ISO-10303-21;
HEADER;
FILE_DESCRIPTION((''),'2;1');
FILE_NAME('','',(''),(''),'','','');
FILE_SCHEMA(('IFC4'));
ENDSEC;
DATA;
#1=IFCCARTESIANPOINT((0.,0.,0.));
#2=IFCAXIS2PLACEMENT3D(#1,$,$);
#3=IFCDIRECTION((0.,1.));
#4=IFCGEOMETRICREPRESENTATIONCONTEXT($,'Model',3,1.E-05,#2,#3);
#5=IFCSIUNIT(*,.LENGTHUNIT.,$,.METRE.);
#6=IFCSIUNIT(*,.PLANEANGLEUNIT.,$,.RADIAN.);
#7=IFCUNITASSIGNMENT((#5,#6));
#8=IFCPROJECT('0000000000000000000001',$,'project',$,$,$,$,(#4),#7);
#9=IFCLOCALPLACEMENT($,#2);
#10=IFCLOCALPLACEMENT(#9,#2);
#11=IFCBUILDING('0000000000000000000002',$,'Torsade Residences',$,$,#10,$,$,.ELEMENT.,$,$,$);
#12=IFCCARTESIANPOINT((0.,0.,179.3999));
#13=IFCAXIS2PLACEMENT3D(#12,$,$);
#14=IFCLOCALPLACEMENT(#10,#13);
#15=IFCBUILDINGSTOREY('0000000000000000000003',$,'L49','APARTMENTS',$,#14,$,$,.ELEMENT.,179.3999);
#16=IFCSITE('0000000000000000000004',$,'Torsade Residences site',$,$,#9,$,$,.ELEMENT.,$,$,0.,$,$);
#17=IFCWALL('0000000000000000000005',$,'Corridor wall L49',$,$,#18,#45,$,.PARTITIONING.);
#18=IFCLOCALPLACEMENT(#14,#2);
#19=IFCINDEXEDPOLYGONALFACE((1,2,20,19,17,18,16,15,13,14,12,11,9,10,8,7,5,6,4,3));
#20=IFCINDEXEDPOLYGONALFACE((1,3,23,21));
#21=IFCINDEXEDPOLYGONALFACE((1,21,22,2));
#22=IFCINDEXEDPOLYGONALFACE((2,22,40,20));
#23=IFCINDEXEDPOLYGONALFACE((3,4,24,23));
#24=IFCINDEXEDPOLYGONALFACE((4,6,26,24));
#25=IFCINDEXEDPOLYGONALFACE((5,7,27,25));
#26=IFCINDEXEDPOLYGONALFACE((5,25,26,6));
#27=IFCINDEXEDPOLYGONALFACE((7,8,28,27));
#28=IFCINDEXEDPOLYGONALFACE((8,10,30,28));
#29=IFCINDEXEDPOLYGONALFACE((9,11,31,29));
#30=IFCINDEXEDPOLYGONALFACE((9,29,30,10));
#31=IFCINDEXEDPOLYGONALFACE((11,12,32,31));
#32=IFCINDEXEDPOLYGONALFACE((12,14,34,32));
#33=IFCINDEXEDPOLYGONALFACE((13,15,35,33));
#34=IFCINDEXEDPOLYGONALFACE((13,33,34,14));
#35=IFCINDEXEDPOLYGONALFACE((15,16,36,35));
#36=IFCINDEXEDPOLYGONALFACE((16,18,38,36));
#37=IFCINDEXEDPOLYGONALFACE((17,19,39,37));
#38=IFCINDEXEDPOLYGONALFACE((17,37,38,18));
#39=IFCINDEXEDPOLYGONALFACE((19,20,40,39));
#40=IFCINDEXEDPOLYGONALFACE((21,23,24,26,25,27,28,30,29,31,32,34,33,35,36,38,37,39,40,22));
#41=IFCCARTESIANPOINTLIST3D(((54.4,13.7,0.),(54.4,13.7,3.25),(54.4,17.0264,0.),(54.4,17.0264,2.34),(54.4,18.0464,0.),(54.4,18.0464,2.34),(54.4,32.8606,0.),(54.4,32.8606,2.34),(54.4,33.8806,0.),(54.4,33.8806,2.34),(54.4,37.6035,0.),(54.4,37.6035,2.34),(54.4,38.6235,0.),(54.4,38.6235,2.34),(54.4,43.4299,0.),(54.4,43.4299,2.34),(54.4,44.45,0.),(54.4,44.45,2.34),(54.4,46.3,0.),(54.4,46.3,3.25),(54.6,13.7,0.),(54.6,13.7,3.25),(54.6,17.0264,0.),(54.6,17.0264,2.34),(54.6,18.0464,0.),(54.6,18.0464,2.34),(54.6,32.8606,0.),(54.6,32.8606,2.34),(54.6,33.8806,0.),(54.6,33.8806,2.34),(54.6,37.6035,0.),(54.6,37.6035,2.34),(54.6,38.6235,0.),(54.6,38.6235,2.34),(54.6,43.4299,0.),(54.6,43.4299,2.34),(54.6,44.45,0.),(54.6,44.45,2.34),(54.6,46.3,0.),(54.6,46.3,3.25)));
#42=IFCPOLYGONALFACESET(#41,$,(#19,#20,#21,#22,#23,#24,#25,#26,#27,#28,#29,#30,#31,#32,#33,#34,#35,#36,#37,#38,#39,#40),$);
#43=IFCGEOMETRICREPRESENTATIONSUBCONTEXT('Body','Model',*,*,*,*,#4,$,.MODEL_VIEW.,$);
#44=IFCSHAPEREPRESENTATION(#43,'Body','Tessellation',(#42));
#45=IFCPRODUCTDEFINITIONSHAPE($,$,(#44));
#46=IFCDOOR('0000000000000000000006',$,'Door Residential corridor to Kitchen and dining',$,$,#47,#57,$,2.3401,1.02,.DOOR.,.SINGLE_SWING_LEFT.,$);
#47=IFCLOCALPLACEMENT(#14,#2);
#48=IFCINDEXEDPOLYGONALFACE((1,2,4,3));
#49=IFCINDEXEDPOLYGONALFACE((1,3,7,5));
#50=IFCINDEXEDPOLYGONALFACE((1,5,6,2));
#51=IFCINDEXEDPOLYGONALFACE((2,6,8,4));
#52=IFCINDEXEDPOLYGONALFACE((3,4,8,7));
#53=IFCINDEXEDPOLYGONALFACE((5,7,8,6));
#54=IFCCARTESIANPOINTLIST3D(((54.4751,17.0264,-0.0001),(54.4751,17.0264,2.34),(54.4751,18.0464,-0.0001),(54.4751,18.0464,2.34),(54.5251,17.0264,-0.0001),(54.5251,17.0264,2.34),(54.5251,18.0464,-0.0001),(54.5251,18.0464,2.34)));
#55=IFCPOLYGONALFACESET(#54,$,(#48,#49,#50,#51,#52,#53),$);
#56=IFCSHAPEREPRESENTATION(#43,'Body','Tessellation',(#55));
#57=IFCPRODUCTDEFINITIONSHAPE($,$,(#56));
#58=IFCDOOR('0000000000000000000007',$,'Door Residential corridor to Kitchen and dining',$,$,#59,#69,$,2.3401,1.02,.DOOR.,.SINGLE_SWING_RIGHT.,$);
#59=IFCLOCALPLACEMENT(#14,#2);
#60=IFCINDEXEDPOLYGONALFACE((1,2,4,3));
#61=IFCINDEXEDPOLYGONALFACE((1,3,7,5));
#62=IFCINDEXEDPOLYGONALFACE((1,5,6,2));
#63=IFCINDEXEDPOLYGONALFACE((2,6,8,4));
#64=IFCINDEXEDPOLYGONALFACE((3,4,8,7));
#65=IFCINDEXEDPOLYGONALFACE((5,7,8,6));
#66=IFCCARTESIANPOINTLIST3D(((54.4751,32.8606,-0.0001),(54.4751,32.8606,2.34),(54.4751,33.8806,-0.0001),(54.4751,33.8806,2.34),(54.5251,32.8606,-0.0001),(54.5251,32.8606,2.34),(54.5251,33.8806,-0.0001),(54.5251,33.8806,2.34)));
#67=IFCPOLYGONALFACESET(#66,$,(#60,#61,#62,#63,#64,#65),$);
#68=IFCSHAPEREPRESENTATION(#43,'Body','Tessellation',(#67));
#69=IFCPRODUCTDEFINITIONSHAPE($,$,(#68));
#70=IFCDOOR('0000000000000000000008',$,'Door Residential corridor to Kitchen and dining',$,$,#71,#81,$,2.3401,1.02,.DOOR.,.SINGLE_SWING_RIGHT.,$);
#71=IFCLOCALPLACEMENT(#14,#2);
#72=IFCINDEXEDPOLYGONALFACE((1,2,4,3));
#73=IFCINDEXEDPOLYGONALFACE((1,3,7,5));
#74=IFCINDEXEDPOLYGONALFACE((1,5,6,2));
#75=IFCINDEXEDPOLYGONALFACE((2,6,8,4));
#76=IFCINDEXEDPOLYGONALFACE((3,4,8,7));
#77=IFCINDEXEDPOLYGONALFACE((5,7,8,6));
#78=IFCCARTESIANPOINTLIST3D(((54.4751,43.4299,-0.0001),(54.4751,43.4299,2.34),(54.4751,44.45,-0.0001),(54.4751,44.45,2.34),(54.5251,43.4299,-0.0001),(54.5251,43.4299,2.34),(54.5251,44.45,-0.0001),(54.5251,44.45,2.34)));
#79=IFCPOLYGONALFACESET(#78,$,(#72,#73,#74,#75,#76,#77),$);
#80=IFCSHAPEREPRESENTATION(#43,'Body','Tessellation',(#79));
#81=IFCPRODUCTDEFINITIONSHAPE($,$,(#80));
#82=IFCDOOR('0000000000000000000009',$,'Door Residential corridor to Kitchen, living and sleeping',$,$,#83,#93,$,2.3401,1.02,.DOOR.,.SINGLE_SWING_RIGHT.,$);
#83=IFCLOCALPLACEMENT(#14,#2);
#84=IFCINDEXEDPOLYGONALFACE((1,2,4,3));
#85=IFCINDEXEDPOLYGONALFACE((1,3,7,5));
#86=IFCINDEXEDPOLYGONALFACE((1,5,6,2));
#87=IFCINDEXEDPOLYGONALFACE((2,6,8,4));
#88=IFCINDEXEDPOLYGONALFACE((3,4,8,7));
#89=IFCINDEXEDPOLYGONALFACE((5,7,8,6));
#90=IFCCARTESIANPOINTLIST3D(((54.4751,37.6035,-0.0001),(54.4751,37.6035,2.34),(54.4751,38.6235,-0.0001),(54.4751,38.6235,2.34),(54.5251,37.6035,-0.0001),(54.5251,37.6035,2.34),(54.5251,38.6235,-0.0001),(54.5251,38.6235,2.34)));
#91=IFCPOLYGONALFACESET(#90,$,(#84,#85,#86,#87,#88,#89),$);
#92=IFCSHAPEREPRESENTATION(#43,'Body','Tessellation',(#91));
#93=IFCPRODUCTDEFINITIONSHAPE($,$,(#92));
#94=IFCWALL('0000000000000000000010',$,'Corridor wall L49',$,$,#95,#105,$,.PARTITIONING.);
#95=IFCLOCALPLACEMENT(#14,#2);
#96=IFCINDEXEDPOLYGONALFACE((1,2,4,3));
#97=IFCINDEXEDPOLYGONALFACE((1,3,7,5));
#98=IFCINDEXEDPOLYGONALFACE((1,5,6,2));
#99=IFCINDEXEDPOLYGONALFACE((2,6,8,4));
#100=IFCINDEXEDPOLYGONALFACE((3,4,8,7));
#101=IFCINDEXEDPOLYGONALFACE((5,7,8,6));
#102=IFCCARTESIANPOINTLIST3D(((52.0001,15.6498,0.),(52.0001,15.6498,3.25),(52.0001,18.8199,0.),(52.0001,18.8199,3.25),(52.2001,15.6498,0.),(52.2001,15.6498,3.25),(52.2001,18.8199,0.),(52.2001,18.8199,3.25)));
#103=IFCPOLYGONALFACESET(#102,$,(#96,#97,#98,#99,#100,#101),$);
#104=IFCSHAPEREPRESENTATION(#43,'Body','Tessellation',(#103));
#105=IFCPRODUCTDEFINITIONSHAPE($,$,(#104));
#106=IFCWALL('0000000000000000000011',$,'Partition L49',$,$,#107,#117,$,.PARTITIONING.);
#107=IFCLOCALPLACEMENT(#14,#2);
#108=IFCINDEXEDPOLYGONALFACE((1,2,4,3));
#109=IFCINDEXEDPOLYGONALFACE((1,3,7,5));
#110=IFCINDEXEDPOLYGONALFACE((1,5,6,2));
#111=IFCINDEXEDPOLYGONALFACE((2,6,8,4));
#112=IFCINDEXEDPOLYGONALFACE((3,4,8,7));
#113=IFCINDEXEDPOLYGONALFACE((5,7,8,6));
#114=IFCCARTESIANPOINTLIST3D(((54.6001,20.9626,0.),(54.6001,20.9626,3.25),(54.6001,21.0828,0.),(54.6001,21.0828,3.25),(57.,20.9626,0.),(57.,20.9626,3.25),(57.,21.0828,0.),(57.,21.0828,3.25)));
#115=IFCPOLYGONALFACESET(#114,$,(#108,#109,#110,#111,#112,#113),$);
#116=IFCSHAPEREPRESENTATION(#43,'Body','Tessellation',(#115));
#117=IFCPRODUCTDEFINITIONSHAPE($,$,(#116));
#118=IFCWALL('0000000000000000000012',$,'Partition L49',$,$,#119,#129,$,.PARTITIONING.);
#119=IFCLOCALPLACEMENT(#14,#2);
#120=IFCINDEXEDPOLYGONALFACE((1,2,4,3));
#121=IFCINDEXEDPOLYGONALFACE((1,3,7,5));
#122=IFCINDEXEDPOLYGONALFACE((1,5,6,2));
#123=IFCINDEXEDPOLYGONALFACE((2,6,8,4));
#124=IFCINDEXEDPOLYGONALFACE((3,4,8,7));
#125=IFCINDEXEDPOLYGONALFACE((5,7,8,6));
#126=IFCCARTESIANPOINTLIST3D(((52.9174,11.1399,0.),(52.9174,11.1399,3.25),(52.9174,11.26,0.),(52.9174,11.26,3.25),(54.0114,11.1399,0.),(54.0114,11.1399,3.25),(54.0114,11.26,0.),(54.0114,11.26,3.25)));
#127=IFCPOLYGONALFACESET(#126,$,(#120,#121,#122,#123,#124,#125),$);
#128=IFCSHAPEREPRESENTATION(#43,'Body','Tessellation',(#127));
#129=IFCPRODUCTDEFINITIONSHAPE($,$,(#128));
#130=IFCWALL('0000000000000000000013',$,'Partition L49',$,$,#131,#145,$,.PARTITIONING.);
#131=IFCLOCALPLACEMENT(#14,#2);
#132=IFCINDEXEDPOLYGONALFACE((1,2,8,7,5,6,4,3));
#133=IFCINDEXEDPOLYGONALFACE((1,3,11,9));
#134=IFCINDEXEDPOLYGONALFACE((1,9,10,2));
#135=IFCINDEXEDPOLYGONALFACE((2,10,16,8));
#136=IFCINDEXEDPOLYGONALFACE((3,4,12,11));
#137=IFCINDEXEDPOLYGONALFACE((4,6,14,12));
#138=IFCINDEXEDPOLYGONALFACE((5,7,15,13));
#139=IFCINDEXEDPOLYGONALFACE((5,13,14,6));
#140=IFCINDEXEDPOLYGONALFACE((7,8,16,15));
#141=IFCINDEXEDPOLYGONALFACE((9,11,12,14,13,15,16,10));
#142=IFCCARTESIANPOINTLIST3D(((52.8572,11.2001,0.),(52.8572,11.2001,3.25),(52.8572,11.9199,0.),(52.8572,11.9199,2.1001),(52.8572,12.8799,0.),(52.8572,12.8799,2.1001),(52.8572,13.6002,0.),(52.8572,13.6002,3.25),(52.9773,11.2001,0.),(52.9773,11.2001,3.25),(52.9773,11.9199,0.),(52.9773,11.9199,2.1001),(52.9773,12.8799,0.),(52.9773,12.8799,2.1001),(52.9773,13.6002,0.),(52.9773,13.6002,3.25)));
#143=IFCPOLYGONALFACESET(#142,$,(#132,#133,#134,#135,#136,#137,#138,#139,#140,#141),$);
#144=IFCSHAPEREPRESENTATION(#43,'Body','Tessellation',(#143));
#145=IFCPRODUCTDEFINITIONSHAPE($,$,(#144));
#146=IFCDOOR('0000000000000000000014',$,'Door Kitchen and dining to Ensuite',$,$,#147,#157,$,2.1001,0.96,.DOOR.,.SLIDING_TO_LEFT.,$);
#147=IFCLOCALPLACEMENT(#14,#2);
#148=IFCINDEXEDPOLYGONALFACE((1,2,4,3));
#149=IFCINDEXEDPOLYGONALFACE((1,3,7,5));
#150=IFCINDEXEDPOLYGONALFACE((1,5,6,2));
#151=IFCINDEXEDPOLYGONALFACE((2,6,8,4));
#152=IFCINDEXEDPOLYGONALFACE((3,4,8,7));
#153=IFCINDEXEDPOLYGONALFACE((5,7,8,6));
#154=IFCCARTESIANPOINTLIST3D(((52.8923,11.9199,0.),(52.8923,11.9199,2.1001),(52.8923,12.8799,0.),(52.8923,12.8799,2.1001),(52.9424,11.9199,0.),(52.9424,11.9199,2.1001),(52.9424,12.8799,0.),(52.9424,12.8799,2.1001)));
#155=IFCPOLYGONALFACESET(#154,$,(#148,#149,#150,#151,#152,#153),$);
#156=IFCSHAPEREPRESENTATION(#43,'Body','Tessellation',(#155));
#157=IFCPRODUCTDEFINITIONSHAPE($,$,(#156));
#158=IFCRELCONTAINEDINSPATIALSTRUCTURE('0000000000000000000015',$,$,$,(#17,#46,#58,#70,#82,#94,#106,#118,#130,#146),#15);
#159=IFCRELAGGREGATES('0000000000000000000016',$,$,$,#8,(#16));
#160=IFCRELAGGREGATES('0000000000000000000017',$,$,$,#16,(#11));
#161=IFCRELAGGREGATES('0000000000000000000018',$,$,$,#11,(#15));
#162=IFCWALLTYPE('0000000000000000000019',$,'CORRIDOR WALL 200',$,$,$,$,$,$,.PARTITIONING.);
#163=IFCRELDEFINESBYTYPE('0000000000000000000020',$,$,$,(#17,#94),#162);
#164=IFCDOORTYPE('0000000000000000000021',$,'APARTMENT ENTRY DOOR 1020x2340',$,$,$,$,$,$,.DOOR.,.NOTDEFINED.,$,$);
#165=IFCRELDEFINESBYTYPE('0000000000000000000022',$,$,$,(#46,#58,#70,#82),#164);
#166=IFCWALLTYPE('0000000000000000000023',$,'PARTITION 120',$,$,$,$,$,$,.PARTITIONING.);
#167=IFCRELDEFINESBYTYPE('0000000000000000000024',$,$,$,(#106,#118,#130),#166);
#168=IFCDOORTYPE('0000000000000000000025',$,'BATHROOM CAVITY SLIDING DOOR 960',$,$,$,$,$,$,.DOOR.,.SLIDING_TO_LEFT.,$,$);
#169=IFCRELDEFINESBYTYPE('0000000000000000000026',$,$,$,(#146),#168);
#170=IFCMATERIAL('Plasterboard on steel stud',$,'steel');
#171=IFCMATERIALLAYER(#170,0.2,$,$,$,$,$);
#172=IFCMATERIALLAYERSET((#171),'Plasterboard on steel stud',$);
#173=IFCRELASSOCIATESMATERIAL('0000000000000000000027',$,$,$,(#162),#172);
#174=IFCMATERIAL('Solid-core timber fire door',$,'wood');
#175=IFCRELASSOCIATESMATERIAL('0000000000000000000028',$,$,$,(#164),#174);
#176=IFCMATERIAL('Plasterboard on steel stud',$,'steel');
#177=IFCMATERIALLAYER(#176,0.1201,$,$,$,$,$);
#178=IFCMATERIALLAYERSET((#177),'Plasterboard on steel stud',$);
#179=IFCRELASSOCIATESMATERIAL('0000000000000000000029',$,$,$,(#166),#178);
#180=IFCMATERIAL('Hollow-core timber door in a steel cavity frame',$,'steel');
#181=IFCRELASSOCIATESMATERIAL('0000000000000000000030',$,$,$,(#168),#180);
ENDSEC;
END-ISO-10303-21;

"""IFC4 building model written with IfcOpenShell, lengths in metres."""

from ifc_helpers import new_model, si_unit, direction, frame, frame_2d, origin, place, context, subcontext, project, spatial, rectangle, extrude, material, layer, layer_set, type_object, element, fill, save


model = new_model("IFC4")

# Units and contexts
model_context = context("Model", 3, precision=1e-05, world=origin(), true_north=direction((0.0, 1.0)))
body_context = subcontext(model_context, "Body", "Model", "MODEL_VIEW")
ifc_project = project(units=[si_unit("LENGTHUNIT", "METRE"), si_unit("PLANEANGLEUNIT", "RADIAN")], contexts=[model_context])

# Site, building, storey
site_placement = place(None, origin())
site = spatial("IfcSite", under=ifc_project, at=site_placement, Name="Torsade Residences site", CompositionType="ELEMENT", RefElevation=0.0)
building_placement = place(site_placement, origin())
building = spatial("IfcBuilding", under=site, at=building_placement, Name="Torsade Residences", CompositionType="ELEMENT")
storey_placement = place(building_placement, frame((0.0, 0.0, 179.3999)))
storey = spatial("IfcBuildingStorey", under=building, at=storey_placement, Name="L49", Description="APARTMENTS", CompositionType="ELEMENT", Elevation=179.3999)

# Wall, openings, doors
ifc_material_1 = material(Name="Plasterboard on steel stud", Category="steel")
ifc_layer_1 = layer(ifc_material_1, 0.2)
ifc_layer_set_1 = layer_set([ifc_layer_1], Name="Plasterboard on steel stud")
wall_type_1 = type_object("IfcWallType", Name="CORRIDOR WALL 200", PredefinedType="PARTITIONING", material=ifc_layer_set_1)
wall_1_placement = place(storey_placement, frame((54.5, 13.7, 0.0), z_axis=(0.0, 0.0, 1.0), x_axis=(0.0, 1.0, 0.0)))
wall_1 = element("IfcWall", 1, at=wall_1_placement, inside=storey, type_object=wall_type_1, Name="Corridor wall L49", PredefinedType="PARTITIONING", context=body_context, shape_type="SweptSolid", body=[
    extrude(rectangle(XDim=32.6001, YDim=0.2, at=frame_2d((16.3, 0.0))), origin(), (0.0, 0.0, 1.0), 3.25),
])
opening_1_placement = place(wall_1_placement, frame((3.3264, 0.0, 0.0)))
opening_1 = element("IfcOpeningElement", 2, at=opening_1_placement, cuts=wall_1, PredefinedType="OPENING", context=body_context, shape_type="SweptSolid", body=[
    extrude(rectangle(XDim=1.02, YDim=2.3401, at=frame_2d((0.51, 1.1699))), frame((0.0, 0.1099, 0.0), z_axis=(0.0, -1.0, 0.0), x_axis=(1.0, 0.0, 0.0)), (0.0, 0.0, 1.0), 0.22),
])
opening_2_placement = place(wall_1_placement, frame((19.1606, 0.0, 0.0)))
opening_2 = element("IfcOpeningElement", 3, at=opening_2_placement, cuts=wall_1, PredefinedType="OPENING", context=body_context, shape_type="SweptSolid", body=[
    extrude(rectangle(XDim=1.02, YDim=2.3401, at=frame_2d((0.51, 1.1699))), frame((0.0, 0.1099, 0.0), z_axis=(0.0, -1.0, 0.0), x_axis=(1.0, 0.0, 0.0)), (0.0, 0.0, 1.0), 0.22),
])
opening_3_placement = place(wall_1_placement, frame((29.73, 0.0, 0.0)))
opening_3 = element("IfcOpeningElement", 4, at=opening_3_placement, cuts=wall_1, PredefinedType="OPENING", context=body_context, shape_type="SweptSolid", body=[
    extrude(rectangle(XDim=1.02, YDim=2.3401, at=frame_2d((0.51, 1.1699))), frame((0.0, 0.1099, 0.0), z_axis=(0.0, -1.0, 0.0), x_axis=(1.0, 0.0, 0.0)), (0.0, 0.0, 1.0), 0.22),
])
opening_4_placement = place(wall_1_placement, frame((23.9036, 0.0, 0.0)))
opening_4 = element("IfcOpeningElement", 5, at=opening_4_placement, cuts=wall_1, PredefinedType="OPENING", context=body_context, shape_type="SweptSolid", body=[
    extrude(rectangle(XDim=1.02, YDim=2.3401, at=frame_2d((0.51, 1.1699))), frame((0.0, 0.1099, 0.0), z_axis=(0.0, -1.0, 0.0), x_axis=(1.0, 0.0, 0.0)), (0.0, 0.0, 1.0), 0.22),
])
ifc_material_2 = material(Name="Solid-core timber fire door", Category="wood")
door_type_1 = type_object("IfcDoorType", Name="APARTMENT ENTRY DOOR 1020x2340", OperationType="NOTDEFINED", PredefinedType="DOOR", material=ifc_material_2)
door_1_placement = place(opening_1_placement, origin())
door_1 = element("IfcDoor", 6, at=door_1_placement, inside=storey, type_object=door_type_1, Name="Door Residential corridor to Kitchen and dining", OperationType="SINGLE_SWING_LEFT", OverallHeight=2.3401, OverallWidth=1.02, PredefinedType="DOOR", context=body_context, shape_type="SweptSolid", body=[
    extrude(rectangle(XDim=1.02, YDim=2.3401, at=frame_2d((0.51, 1.1699))), frame((0.0, 0.0249, 0.0), z_axis=(0.0, -1.0, 0.0), x_axis=(1.0, 0.0, 0.0)), (0.0, 0.0, 1.0), 0.05),
])
fill(opening_1, door_1)
door_2_placement = place(opening_2_placement, origin())
door_2 = element("IfcDoor", 7, at=door_2_placement, inside=storey, type_object=door_type_1, Name="Door Residential corridor to Kitchen and dining", OperationType="SINGLE_SWING_RIGHT", OverallHeight=2.3401, OverallWidth=1.02, PredefinedType="DOOR", context=body_context, shape_type="SweptSolid", body=[
    extrude(rectangle(XDim=1.02, YDim=2.3401, at=frame_2d((0.51, 1.1699))), frame((0.0, 0.0249, 0.0), z_axis=(0.0, -1.0, 0.0), x_axis=(1.0, 0.0, 0.0)), (0.0, 0.0, 1.0), 0.05),
])
fill(opening_2, door_2)
door_3_placement = place(opening_3_placement, origin())
door_3 = element("IfcDoor", 8, at=door_3_placement, inside=storey, type_object=door_type_1, Name="Door Residential corridor to Kitchen and dining", OperationType="SINGLE_SWING_RIGHT", OverallHeight=2.3401, OverallWidth=1.02, PredefinedType="DOOR", context=body_context, shape_type="SweptSolid", body=[
    extrude(rectangle(XDim=1.02, YDim=2.3401, at=frame_2d((0.51, 1.1699))), frame((0.0, 0.0249, 0.0), z_axis=(0.0, -1.0, 0.0), x_axis=(1.0, 0.0, 0.0)), (0.0, 0.0, 1.0), 0.05),
])
fill(opening_3, door_3)
door_4_placement = place(opening_4_placement, origin())
door_4 = element("IfcDoor", 9, at=door_4_placement, inside=storey, type_object=door_type_1, Name="Door Residential corridor to Kitchen, living and sleeping", OperationType="SINGLE_SWING_RIGHT", OverallHeight=2.3401, OverallWidth=1.02, PredefinedType="DOOR", context=body_context, shape_type="SweptSolid", body=[
    extrude(rectangle(XDim=1.02, YDim=2.3401, at=frame_2d((0.51, 1.1699))), frame((0.0, 0.0249, 0.0), z_axis=(0.0, -1.0, 0.0), x_axis=(1.0, 0.0, 0.0)), (0.0, 0.0, 1.0), 0.05),
])
fill(opening_4, door_4)

# Walls
wall_2_placement = place(storey_placement, frame((52.1001, 15.6499, 0.0), z_axis=(0.0, 0.0, 1.0), x_axis=(0.0, 1.0, 0.0)))
element("IfcWall", 10, at=wall_2_placement, inside=storey, type_object=wall_type_1, Name="Corridor wall L49", PredefinedType="PARTITIONING", context=body_context, shape_type="SweptSolid", body=[
    extrude(rectangle(XDim=3.1702, YDim=0.2, at=frame_2d((1.585, 0.0))), origin(), (0.0, 0.0, 1.0), 3.25),
])
ifc_material_3 = material(Name="Plasterboard on steel stud", Category="steel")
ifc_layer_2 = layer(ifc_material_3, 0.1201)
ifc_layer_set_2 = layer_set([ifc_layer_2], Name="Plasterboard on steel stud")
wall_type_2 = type_object("IfcWallType", Name="PARTITION 120", PredefinedType="PARTITIONING", material=ifc_layer_set_2)
wall_3_placement = place(storey_placement, frame((54.6001, 21.0227, 0.0), z_axis=(0.0, 0.0, 1.0), x_axis=(1.0, 0.0, 0.0)))
element("IfcWall", 11, at=wall_3_placement, inside=storey, type_object=wall_type_2, Name="Partition L49", PredefinedType="PARTITIONING", context=body_context, shape_type="SweptSolid", body=[
    extrude(rectangle(XDim=2.3999, YDim=0.1201, at=frame_2d((1.2, 0.0))), origin(), (0.0, 0.0, 1.0), 3.25),
])
wall_4_placement = place(storey_placement, frame((54.0112, 11.2, 0.0), z_axis=(0.0, 0.0, 1.0), x_axis=(-1.0, 0.0, 0.0)))
element("IfcWall", 12, at=wall_4_placement, inside=storey, type_object=wall_type_2, Name="Partition L49", PredefinedType="PARTITIONING", context=body_context, shape_type="SweptSolid", body=[
    extrude(rectangle(XDim=1.094, YDim=0.1201, at=frame_2d((0.5469, 0.0))), origin(), (0.0, 0.0, 1.0), 3.25),
])

# Wall, opening, door
wall_5_placement = place(storey_placement, frame((52.9172, 11.2, 0.0), z_axis=(0.0, 0.0, 1.0), x_axis=(0.0, 1.0, 0.0)))
wall_5 = element("IfcWall", 13, at=wall_5_placement, inside=storey, type_object=wall_type_2, Name="Partition L49", PredefinedType="PARTITIONING", context=body_context, shape_type="SweptSolid", body=[
    extrude(rectangle(XDim=2.4001, YDim=0.1201, at=frame_2d((1.2002, 0.0))), origin(), (0.0, 0.0, 1.0), 3.25),
])
opening_5_placement = place(wall_5_placement, frame((0.72, 0.0, 0.0)))
opening_5 = element("IfcOpeningElement", 14, at=opening_5_placement, cuts=wall_5, PredefinedType="OPENING", context=body_context, shape_type="SweptSolid", body=[
    extrude(rectangle(XDim=0.96, YDim=2.1001, at=frame_2d((0.48, 1.05))), frame((0.0, 0.0701, 0.0), z_axis=(0.0, -1.0, 0.0), x_axis=(1.0, 0.0, 0.0)), (0.0, 0.0, 1.0), 0.1401),
])
ifc_material_4 = material(Name="Hollow-core timber door in a steel cavity frame", Category="steel")
door_type_2 = type_object("IfcDoorType", Name="BATHROOM CAVITY SLIDING DOOR 960", OperationType="SLIDING_TO_LEFT", PredefinedType="DOOR", material=ifc_material_4)
door_5_placement = place(opening_5_placement, origin())
door_5 = element("IfcDoor", 15, at=door_5_placement, inside=storey, type_object=door_type_2, Name="Door Kitchen and dining to Ensuite", OperationType="SLIDING_TO_LEFT", OverallHeight=2.1001, OverallWidth=0.96, PredefinedType="DOOR", context=body_context, shape_type="SweptSolid", body=[
    extrude(rectangle(XDim=0.96, YDim=2.1001, at=frame_2d((0.48, 1.05))), frame((0.0, 0.0249, 0.0), z_axis=(0.0, -1.0, 0.0), x_axis=(1.0, 0.0, 0.0)), (0.0, 0.0, 1.0), 0.05),
])
fill(opening_5, door_5)

save(model, "model.ifc")
